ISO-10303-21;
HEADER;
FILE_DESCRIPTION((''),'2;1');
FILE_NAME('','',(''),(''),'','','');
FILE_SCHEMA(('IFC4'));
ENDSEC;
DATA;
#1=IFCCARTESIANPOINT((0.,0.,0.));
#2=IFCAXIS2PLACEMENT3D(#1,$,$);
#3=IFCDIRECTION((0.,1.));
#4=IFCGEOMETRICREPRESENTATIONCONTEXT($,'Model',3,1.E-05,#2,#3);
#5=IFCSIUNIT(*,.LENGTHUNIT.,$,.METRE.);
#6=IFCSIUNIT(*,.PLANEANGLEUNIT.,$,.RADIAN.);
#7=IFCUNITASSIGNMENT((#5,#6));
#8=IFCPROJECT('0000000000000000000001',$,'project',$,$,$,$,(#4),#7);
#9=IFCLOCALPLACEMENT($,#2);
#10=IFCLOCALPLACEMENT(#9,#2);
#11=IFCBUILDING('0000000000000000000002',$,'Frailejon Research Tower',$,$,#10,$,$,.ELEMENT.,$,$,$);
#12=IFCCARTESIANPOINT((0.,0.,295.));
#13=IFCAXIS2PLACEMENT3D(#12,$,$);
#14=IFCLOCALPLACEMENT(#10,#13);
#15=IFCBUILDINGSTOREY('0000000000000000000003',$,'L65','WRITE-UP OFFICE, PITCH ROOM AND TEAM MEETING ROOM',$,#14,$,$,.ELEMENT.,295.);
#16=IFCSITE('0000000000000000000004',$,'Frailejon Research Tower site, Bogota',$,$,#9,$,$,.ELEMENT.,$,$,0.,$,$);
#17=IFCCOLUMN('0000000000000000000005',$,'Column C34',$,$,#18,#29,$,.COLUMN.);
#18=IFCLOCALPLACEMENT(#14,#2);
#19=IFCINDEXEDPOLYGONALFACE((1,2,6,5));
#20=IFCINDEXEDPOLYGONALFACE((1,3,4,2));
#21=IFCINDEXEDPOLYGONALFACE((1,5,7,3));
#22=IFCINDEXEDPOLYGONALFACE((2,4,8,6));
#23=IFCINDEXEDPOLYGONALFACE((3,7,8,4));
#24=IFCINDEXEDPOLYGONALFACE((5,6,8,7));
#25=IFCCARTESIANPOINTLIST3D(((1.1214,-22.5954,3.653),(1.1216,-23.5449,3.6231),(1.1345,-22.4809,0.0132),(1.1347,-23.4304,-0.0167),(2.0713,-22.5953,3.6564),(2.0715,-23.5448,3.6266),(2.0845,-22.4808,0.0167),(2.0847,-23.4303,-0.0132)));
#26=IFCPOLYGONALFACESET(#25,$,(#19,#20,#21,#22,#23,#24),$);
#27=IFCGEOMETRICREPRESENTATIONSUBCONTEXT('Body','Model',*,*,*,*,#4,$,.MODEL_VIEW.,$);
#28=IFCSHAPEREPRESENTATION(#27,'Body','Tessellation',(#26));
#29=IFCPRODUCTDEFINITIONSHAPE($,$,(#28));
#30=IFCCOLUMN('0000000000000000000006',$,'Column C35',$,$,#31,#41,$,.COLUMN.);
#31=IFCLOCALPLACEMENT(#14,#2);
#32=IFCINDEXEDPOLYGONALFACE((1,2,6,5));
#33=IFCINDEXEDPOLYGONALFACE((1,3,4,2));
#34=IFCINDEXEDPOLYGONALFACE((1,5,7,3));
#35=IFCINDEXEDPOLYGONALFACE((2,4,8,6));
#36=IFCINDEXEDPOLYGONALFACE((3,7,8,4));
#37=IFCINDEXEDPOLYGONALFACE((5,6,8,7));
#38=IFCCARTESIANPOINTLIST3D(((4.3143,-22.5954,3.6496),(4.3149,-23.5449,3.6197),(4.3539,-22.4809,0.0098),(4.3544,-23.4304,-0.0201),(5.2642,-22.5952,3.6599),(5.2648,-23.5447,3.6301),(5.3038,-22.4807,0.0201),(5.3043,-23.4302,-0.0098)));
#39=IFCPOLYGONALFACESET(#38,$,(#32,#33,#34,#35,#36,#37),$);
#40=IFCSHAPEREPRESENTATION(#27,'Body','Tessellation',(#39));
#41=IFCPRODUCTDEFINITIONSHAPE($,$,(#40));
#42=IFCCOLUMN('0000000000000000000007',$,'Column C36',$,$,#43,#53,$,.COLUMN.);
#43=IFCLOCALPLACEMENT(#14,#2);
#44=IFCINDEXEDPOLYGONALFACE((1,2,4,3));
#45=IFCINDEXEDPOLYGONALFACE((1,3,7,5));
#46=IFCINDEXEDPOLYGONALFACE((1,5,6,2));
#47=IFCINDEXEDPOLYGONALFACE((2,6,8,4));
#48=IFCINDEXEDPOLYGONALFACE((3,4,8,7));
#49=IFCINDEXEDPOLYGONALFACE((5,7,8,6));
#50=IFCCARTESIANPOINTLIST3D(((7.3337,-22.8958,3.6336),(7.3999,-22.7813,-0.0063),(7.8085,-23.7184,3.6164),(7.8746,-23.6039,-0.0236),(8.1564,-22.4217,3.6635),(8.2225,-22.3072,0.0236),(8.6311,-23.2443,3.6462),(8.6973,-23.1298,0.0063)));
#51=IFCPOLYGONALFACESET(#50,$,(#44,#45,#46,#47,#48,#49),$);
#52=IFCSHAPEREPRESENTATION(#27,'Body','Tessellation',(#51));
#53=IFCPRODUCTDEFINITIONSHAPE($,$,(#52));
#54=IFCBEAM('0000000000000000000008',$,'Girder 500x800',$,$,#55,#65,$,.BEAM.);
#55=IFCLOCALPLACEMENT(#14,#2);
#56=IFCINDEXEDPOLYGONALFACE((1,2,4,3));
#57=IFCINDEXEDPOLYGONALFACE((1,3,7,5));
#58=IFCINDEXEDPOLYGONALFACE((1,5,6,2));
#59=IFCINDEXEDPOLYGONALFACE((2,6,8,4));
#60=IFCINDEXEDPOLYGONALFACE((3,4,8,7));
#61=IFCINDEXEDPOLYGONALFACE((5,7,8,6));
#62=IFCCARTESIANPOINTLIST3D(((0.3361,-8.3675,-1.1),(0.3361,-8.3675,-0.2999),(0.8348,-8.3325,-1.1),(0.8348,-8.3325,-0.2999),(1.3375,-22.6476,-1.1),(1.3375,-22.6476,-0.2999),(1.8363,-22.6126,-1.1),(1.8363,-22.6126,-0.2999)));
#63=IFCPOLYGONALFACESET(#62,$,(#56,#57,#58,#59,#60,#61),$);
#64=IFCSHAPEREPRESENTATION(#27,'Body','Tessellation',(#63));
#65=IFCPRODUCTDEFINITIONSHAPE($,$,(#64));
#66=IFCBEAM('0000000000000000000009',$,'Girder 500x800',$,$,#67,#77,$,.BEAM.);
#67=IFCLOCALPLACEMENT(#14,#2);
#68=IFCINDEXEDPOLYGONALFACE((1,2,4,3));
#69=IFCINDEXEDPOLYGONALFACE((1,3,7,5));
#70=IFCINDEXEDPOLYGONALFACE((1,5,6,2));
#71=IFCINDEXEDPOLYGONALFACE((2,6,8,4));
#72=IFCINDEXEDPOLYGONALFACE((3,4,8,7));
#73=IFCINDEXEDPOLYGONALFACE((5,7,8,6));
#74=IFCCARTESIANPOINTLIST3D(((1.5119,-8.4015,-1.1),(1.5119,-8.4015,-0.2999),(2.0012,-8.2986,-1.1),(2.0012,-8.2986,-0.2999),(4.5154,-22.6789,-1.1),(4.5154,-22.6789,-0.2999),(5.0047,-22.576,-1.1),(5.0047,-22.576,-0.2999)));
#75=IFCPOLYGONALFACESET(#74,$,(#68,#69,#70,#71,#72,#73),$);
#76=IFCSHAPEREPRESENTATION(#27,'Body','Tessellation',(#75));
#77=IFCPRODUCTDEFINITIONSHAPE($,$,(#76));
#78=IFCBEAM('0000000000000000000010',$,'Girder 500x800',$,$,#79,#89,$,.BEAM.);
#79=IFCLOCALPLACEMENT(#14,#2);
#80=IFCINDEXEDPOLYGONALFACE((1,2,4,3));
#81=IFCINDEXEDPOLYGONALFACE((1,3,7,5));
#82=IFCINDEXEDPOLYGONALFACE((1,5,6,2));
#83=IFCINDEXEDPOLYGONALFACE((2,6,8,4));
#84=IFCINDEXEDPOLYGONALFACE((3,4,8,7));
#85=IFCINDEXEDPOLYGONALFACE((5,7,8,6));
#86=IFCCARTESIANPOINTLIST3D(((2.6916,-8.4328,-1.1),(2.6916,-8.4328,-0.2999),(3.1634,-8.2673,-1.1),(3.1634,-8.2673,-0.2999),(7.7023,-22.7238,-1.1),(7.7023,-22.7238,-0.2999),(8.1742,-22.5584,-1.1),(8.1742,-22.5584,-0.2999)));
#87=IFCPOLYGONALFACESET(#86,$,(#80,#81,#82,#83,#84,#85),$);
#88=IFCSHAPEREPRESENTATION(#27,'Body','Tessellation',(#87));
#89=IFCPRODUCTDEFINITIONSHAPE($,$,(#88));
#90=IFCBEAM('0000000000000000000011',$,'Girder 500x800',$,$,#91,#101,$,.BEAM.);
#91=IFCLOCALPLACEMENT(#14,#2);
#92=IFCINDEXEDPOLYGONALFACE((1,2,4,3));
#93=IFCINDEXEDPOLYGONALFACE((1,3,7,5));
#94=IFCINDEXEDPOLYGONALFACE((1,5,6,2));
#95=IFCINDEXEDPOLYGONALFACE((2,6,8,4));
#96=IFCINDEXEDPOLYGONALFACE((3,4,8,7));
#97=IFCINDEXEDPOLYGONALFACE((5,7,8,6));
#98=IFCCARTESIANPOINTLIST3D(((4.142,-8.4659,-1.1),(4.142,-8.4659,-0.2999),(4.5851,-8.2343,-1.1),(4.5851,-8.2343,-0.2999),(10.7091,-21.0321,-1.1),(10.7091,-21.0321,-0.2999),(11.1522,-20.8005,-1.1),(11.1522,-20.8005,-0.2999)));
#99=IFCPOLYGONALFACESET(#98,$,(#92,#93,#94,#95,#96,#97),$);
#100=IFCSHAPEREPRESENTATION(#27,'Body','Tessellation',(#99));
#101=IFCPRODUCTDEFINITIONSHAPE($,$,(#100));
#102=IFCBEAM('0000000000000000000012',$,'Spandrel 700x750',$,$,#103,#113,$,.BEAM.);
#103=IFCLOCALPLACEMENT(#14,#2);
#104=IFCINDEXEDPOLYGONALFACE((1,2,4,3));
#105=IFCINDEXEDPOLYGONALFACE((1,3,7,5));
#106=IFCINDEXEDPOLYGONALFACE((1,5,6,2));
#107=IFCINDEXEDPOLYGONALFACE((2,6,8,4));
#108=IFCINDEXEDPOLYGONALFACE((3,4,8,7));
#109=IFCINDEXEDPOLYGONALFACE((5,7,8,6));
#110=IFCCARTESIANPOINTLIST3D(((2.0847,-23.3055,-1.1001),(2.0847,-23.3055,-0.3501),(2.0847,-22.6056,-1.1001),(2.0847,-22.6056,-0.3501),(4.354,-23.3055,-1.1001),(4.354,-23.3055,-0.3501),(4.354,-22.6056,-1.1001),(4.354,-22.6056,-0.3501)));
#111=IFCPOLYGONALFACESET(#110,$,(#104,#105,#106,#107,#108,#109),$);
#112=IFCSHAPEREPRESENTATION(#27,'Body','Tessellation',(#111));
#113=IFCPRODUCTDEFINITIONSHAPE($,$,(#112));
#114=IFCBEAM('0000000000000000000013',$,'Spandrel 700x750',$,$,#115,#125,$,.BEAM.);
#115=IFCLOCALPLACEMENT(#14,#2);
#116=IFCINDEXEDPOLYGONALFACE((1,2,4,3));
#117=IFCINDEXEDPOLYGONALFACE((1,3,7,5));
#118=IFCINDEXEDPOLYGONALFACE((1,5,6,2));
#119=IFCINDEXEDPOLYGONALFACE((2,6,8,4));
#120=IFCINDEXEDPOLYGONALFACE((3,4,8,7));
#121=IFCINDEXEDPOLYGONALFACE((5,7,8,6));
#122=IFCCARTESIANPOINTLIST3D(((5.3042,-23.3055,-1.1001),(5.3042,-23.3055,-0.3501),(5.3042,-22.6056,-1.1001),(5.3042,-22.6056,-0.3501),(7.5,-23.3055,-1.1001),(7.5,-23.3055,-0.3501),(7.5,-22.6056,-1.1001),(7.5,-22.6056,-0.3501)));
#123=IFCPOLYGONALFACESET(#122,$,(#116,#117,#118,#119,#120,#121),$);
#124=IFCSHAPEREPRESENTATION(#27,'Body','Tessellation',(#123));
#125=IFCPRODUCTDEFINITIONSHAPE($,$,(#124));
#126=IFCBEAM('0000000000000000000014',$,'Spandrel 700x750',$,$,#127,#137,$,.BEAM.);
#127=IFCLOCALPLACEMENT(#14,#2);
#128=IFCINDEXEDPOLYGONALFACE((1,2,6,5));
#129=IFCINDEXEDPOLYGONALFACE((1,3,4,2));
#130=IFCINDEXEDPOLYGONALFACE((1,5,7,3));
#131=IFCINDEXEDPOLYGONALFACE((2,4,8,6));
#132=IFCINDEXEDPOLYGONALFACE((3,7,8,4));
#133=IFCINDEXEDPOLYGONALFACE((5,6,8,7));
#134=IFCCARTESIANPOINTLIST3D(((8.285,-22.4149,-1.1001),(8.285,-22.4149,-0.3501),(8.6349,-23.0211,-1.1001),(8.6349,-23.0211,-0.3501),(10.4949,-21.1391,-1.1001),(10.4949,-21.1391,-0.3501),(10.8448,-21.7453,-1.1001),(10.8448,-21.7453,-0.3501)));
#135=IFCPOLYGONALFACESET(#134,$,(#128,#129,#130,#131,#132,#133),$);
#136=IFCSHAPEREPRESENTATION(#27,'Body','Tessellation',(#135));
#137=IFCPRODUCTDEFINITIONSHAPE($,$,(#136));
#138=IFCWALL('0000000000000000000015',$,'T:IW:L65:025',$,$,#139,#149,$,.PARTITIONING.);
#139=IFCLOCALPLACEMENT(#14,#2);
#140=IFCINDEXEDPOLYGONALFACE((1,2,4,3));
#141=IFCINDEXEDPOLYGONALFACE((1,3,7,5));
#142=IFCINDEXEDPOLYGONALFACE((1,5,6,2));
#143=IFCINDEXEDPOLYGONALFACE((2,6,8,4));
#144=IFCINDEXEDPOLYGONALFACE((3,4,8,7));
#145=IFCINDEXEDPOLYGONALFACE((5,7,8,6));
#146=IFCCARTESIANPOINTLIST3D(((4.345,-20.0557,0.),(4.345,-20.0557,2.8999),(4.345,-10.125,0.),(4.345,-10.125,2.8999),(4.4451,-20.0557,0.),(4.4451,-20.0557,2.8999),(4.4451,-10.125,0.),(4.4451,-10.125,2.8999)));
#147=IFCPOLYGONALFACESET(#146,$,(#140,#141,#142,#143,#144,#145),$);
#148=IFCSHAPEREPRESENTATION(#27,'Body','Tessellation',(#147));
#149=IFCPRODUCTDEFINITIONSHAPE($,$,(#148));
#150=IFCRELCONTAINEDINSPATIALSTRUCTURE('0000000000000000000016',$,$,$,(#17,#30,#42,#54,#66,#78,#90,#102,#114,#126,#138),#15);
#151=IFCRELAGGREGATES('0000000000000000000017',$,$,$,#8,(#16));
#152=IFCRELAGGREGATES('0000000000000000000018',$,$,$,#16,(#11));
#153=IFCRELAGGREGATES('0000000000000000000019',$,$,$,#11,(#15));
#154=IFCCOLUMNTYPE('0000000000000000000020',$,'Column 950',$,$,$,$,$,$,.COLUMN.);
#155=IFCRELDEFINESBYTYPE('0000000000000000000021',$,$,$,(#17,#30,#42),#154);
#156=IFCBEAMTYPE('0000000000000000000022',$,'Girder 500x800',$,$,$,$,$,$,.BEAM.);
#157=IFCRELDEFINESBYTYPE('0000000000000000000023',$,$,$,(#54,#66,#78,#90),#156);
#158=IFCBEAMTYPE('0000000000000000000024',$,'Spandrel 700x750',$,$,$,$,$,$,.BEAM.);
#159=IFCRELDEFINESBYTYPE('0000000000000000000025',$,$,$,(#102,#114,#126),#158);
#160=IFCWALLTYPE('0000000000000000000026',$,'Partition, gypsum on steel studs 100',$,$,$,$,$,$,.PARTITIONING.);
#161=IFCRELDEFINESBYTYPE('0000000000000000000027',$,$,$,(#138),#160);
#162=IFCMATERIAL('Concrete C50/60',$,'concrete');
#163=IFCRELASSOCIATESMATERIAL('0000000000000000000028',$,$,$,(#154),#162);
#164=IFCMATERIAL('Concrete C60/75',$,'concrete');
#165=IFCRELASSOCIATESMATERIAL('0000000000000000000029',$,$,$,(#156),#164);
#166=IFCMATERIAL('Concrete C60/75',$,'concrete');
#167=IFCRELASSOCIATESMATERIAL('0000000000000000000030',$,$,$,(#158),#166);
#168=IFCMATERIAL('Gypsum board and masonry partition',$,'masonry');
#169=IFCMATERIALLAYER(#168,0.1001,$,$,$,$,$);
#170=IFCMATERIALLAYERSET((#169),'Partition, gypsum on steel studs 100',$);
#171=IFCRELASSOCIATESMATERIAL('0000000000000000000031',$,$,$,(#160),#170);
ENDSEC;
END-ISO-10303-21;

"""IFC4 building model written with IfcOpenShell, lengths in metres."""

from ifc_helpers import new_model, si_unit, direction, frame, frame_2d, origin, origin_2d, place, context, subcontext, project, spatial, rectangle, extrude, material, layer, layer_set, material_profile, profile_set, type_object, element, save


model = new_model("IFC4")

# Units and contexts
model_context = context("Model", 3, precision=1e-05, world=origin(), true_north=direction((0.0, 1.0)))
body_context = subcontext(model_context, "Body", "Model", "MODEL_VIEW")
ifc_project = project(units=[si_unit("LENGTHUNIT", "METRE"), si_unit("PLANEANGLEUNIT", "RADIAN")], contexts=[model_context])

# Site, building, storey
site_placement = place(None, origin())
site = spatial("IfcSite", under=ifc_project, at=site_placement, Name="Frailejon Research Tower site, Bogota", CompositionType="ELEMENT", RefElevation=0.0)
building_placement = place(site_placement, origin())
building = spatial("IfcBuilding", under=site, at=building_placement, Name="Frailejon Research Tower", CompositionType="ELEMENT")
storey_placement = place(building_placement, frame((0.0, 0.0, 295.0)))
storey = spatial("IfcBuildingStorey", under=building, at=storey_placement, Name="L65", Description="WRITE-UP OFFICE, PITCH ROOM AND TEAM MEETING ROOM", CompositionType="ELEMENT", Elevation=295.0)

# Columns
ifc_material_1 = material(Name="Concrete C50/60", Category="concrete")
ifc_material_profile_1 = material_profile(ifc_material_1, rectangle(XDim=0.95, YDim=0.95, at=origin_2d()), Name="Column 950")
ifc_profile_set_1 = profile_set([ifc_material_profile_1], Name="Concrete C50/60")
column_type = type_object("IfcColumnType", Name="Column 950", PredefinedType="COLUMN", material=ifc_profile_set_1)
column_1_placement = place(storey_placement, frame((1.6096, -22.9556, 0.0), z_axis=(-0.00362, -0.031442, 0.999499), x_axis=(0.999993, 0.000099, 0.003625)))
element("IfcColumn", 1, at=column_1_placement, inside=storey, type_object=column_type, Name="Column C34", PredefinedType="COLUMN", context=body_context, shape_type="SweptSolid", body=[
    extrude(rectangle(XDim=0.95, YDim=0.95, at=origin_2d()), origin(), (0.0, 0.0, 1.0), 3.6416),
])
column_2_placement = place(storey_placement, frame((4.8291, -22.9556, 0.0), z_axis=(-0.01086, -0.03144, 0.999447), x_axis=(0.999941, 0.000235, 0.010873)))
element("IfcColumn", 2, at=column_2_placement, inside=storey, type_object=column_type, Name="Column C35", PredefinedType="COLUMN", context=body_context, shape_type="SweptSolid", body=[
    extrude(rectangle(XDim=0.95, YDim=0.95, at=origin_2d()), origin(), (0.0, 0.0, 1.0), 3.6418),
])
column_3_placement = place(storey_placement, frame((8.0486, -22.9556, 0.0), z_axis=(-0.018165, -0.031437, 0.999341), x_axis=(0.86598, 0.49909, 0.031441)))
element("IfcColumn", 3, at=column_3_placement, inside=storey, type_object=column_type, Name="Column C36", PredefinedType="COLUMN", context=body_context, shape_type="SweptSolid", body=[
    extrude(rectangle(XDim=0.95, YDim=0.95, at=origin_2d()), origin(), (0.0, 0.0, 1.0), 3.6423),
])

# Beams
ifc_material_2 = material(Name="Concrete C60/75", Category="concrete")
ifc_material_profile_2 = material_profile(ifc_material_2, rectangle(XDim=0.5, YDim=0.8, at=origin_2d()), Name="Girder 500x800")
ifc_profile_set_2 = profile_set([ifc_material_profile_2], Name="Concrete C60/75")
beam_type_1 = type_object("IfcBeamType", Name="Girder 500x800", PredefinedType="BEAM", material=ifc_profile_set_2)
beam_1_placement = place(storey_placement, frame((1.5869, -22.6301, -0.7), z_axis=(-0.069959, 0.99755, 0.0), x_axis=(-0.99755, -0.069959, 0.0)))
element("IfcBeam", 4, at=beam_1_placement, inside=storey, type_object=beam_type_1, Name="Girder 500x800", PredefinedType="BEAM", context=body_context, shape_type="SweptSolid", body=[
    extrude(rectangle(XDim=0.5, YDim=0.8, at=origin_2d()), origin(), (0.0, 0.0, 1.0), 14.3152),
])
beam_2_placement = place(storey_placement, frame((4.76, -22.6274, -0.7), z_axis=(-0.205857, 0.978582, 0.0), x_axis=(-0.978582, -0.205857, 0.0)))
element("IfcBeam", 5, at=beam_2_placement, inside=storey, type_object=beam_type_1, Name="Girder 500x800", PredefinedType="BEAM", context=body_context, shape_type="SweptSolid", body=[
    extrude(rectangle(XDim=0.5, YDim=0.8, at=origin_2d()), origin(), (0.0, 0.0, 1.0), 14.5898),
])
beam_3_placement = place(storey_placement, frame((7.9382, -22.6411, -0.7), z_axis=(-0.330873, 0.943675, 0.0), x_axis=(-0.943675, -0.330873, 0.0)))
element("IfcBeam", 6, at=beam_3_placement, inside=storey, type_object=beam_type_1, Name="Girder 500x800", PredefinedType="BEAM", context=body_context, shape_type="SweptSolid", body=[
    extrude(rectangle(XDim=0.5, YDim=0.8, at=origin_2d()), origin(), (0.0, 0.0, 1.0), 15.144),
])
beam_4_placement = place(storey_placement, frame((10.9307, -20.9163, -0.7), z_axis=(-0.463169, 0.88627, 0.0), x_axis=(-0.88627, -0.463169, 0.0)))
element("IfcBeam", 7, at=beam_4_placement, inside=storey, type_object=beam_type_1, Name="Girder 500x800", PredefinedType="BEAM", context=body_context, shape_type="SweptSolid", body=[
    extrude(rectangle(XDim=0.5, YDim=0.8, at=origin_2d()), origin(), (0.0, 0.0, 1.0), 14.1787),
])
ifc_material_3 = material(Name="Concrete C60/75", Category="concrete")
ifc_material_profile_3 = material_profile(ifc_material_3, rectangle(XDim=0.7, YDim=0.75, at=origin_2d()), Name="Spandrel 700x750")
ifc_profile_set_3 = profile_set([ifc_material_profile_3], Name="Concrete C60/75")
beam_type_2 = type_object("IfcBeamType", Name="Spandrel 700x750", PredefinedType="BEAM", material=ifc_profile_set_3)
beam_5_placement = place(storey_placement, frame((2.0847, -22.9556, -0.7251), z_axis=(1.0, 0.0, 0.0), x_axis=(0.0, 1.0, 0.0)))
element("IfcBeam", 8, at=beam_5_placement, inside=storey, type_object=beam_type_2, Name="Spandrel 700x750", PredefinedType="BEAM", context=body_context, shape_type="SweptSolid", body=[
    extrude(rectangle(XDim=0.7, YDim=0.75, at=origin_2d()), origin(), (0.0, 0.0, 1.0), 2.2693),
])
beam_6_placement = place(storey_placement, frame((5.3042, -22.9556, -0.7251), z_axis=(1.0, 0.0, 0.0), x_axis=(0.0, 1.0, 0.0)))
element("IfcBeam", 9, at=beam_6_placement, inside=storey, type_object=beam_type_2, Name="Spandrel 700x750", PredefinedType="BEAM", context=body_context, shape_type="SweptSolid", body=[
    extrude(rectangle(XDim=0.7, YDim=0.75, at=origin_2d()), origin(), (0.0, 0.0, 1.0), 2.1958),
])
beam_7_placement = place(storey_placement, frame((8.46, -22.718, -0.7251), z_axis=(0.866033, 0.499987, 0.0), x_axis=(-0.499987, 0.866033, 0.0)))
element("IfcBeam", 10, at=beam_7_placement, inside=storey, type_object=beam_type_2, Name="Spandrel 700x750", PredefinedType="BEAM", context=body_context, shape_type="SweptSolid", body=[
    extrude(rectangle(XDim=0.7, YDim=0.75, at=origin_2d()), origin(), (0.0, 0.0, 1.0), 2.5518),
])

# Wall
ifc_material_4 = material(Name="Gypsum board and masonry partition", Category="masonry")
ifc_layer_1 = layer(ifc_material_4, 0.1001)
ifc_layer_set_1 = layer_set([ifc_layer_1], Name="Partition, gypsum on steel studs 100")
wall_type_1 = type_object("IfcWallType", Name="Partition, gypsum on steel studs 100", PredefinedType="PARTITIONING", material=ifc_layer_set_1)
wall_1_placement = place(storey_placement, frame((4.395, -20.0557, 0.0), z_axis=(0.0, 0.0, 1.0), x_axis=(0.0, 1.0, 0.0)))
element("IfcWall", 11, at=wall_1_placement, inside=storey, type_object=wall_type_1, Name="T:IW:L65:025", PredefinedType="PARTITIONING", context=body_context, shape_type="SweptSolid", body=[
    extrude(rectangle(XDim=9.9307, YDim=0.1001, at=frame_2d((4.9653, 0.0))), origin(), (0.0, 0.0, 1.0), 2.8999),
])

save(model, "model.ifc")
